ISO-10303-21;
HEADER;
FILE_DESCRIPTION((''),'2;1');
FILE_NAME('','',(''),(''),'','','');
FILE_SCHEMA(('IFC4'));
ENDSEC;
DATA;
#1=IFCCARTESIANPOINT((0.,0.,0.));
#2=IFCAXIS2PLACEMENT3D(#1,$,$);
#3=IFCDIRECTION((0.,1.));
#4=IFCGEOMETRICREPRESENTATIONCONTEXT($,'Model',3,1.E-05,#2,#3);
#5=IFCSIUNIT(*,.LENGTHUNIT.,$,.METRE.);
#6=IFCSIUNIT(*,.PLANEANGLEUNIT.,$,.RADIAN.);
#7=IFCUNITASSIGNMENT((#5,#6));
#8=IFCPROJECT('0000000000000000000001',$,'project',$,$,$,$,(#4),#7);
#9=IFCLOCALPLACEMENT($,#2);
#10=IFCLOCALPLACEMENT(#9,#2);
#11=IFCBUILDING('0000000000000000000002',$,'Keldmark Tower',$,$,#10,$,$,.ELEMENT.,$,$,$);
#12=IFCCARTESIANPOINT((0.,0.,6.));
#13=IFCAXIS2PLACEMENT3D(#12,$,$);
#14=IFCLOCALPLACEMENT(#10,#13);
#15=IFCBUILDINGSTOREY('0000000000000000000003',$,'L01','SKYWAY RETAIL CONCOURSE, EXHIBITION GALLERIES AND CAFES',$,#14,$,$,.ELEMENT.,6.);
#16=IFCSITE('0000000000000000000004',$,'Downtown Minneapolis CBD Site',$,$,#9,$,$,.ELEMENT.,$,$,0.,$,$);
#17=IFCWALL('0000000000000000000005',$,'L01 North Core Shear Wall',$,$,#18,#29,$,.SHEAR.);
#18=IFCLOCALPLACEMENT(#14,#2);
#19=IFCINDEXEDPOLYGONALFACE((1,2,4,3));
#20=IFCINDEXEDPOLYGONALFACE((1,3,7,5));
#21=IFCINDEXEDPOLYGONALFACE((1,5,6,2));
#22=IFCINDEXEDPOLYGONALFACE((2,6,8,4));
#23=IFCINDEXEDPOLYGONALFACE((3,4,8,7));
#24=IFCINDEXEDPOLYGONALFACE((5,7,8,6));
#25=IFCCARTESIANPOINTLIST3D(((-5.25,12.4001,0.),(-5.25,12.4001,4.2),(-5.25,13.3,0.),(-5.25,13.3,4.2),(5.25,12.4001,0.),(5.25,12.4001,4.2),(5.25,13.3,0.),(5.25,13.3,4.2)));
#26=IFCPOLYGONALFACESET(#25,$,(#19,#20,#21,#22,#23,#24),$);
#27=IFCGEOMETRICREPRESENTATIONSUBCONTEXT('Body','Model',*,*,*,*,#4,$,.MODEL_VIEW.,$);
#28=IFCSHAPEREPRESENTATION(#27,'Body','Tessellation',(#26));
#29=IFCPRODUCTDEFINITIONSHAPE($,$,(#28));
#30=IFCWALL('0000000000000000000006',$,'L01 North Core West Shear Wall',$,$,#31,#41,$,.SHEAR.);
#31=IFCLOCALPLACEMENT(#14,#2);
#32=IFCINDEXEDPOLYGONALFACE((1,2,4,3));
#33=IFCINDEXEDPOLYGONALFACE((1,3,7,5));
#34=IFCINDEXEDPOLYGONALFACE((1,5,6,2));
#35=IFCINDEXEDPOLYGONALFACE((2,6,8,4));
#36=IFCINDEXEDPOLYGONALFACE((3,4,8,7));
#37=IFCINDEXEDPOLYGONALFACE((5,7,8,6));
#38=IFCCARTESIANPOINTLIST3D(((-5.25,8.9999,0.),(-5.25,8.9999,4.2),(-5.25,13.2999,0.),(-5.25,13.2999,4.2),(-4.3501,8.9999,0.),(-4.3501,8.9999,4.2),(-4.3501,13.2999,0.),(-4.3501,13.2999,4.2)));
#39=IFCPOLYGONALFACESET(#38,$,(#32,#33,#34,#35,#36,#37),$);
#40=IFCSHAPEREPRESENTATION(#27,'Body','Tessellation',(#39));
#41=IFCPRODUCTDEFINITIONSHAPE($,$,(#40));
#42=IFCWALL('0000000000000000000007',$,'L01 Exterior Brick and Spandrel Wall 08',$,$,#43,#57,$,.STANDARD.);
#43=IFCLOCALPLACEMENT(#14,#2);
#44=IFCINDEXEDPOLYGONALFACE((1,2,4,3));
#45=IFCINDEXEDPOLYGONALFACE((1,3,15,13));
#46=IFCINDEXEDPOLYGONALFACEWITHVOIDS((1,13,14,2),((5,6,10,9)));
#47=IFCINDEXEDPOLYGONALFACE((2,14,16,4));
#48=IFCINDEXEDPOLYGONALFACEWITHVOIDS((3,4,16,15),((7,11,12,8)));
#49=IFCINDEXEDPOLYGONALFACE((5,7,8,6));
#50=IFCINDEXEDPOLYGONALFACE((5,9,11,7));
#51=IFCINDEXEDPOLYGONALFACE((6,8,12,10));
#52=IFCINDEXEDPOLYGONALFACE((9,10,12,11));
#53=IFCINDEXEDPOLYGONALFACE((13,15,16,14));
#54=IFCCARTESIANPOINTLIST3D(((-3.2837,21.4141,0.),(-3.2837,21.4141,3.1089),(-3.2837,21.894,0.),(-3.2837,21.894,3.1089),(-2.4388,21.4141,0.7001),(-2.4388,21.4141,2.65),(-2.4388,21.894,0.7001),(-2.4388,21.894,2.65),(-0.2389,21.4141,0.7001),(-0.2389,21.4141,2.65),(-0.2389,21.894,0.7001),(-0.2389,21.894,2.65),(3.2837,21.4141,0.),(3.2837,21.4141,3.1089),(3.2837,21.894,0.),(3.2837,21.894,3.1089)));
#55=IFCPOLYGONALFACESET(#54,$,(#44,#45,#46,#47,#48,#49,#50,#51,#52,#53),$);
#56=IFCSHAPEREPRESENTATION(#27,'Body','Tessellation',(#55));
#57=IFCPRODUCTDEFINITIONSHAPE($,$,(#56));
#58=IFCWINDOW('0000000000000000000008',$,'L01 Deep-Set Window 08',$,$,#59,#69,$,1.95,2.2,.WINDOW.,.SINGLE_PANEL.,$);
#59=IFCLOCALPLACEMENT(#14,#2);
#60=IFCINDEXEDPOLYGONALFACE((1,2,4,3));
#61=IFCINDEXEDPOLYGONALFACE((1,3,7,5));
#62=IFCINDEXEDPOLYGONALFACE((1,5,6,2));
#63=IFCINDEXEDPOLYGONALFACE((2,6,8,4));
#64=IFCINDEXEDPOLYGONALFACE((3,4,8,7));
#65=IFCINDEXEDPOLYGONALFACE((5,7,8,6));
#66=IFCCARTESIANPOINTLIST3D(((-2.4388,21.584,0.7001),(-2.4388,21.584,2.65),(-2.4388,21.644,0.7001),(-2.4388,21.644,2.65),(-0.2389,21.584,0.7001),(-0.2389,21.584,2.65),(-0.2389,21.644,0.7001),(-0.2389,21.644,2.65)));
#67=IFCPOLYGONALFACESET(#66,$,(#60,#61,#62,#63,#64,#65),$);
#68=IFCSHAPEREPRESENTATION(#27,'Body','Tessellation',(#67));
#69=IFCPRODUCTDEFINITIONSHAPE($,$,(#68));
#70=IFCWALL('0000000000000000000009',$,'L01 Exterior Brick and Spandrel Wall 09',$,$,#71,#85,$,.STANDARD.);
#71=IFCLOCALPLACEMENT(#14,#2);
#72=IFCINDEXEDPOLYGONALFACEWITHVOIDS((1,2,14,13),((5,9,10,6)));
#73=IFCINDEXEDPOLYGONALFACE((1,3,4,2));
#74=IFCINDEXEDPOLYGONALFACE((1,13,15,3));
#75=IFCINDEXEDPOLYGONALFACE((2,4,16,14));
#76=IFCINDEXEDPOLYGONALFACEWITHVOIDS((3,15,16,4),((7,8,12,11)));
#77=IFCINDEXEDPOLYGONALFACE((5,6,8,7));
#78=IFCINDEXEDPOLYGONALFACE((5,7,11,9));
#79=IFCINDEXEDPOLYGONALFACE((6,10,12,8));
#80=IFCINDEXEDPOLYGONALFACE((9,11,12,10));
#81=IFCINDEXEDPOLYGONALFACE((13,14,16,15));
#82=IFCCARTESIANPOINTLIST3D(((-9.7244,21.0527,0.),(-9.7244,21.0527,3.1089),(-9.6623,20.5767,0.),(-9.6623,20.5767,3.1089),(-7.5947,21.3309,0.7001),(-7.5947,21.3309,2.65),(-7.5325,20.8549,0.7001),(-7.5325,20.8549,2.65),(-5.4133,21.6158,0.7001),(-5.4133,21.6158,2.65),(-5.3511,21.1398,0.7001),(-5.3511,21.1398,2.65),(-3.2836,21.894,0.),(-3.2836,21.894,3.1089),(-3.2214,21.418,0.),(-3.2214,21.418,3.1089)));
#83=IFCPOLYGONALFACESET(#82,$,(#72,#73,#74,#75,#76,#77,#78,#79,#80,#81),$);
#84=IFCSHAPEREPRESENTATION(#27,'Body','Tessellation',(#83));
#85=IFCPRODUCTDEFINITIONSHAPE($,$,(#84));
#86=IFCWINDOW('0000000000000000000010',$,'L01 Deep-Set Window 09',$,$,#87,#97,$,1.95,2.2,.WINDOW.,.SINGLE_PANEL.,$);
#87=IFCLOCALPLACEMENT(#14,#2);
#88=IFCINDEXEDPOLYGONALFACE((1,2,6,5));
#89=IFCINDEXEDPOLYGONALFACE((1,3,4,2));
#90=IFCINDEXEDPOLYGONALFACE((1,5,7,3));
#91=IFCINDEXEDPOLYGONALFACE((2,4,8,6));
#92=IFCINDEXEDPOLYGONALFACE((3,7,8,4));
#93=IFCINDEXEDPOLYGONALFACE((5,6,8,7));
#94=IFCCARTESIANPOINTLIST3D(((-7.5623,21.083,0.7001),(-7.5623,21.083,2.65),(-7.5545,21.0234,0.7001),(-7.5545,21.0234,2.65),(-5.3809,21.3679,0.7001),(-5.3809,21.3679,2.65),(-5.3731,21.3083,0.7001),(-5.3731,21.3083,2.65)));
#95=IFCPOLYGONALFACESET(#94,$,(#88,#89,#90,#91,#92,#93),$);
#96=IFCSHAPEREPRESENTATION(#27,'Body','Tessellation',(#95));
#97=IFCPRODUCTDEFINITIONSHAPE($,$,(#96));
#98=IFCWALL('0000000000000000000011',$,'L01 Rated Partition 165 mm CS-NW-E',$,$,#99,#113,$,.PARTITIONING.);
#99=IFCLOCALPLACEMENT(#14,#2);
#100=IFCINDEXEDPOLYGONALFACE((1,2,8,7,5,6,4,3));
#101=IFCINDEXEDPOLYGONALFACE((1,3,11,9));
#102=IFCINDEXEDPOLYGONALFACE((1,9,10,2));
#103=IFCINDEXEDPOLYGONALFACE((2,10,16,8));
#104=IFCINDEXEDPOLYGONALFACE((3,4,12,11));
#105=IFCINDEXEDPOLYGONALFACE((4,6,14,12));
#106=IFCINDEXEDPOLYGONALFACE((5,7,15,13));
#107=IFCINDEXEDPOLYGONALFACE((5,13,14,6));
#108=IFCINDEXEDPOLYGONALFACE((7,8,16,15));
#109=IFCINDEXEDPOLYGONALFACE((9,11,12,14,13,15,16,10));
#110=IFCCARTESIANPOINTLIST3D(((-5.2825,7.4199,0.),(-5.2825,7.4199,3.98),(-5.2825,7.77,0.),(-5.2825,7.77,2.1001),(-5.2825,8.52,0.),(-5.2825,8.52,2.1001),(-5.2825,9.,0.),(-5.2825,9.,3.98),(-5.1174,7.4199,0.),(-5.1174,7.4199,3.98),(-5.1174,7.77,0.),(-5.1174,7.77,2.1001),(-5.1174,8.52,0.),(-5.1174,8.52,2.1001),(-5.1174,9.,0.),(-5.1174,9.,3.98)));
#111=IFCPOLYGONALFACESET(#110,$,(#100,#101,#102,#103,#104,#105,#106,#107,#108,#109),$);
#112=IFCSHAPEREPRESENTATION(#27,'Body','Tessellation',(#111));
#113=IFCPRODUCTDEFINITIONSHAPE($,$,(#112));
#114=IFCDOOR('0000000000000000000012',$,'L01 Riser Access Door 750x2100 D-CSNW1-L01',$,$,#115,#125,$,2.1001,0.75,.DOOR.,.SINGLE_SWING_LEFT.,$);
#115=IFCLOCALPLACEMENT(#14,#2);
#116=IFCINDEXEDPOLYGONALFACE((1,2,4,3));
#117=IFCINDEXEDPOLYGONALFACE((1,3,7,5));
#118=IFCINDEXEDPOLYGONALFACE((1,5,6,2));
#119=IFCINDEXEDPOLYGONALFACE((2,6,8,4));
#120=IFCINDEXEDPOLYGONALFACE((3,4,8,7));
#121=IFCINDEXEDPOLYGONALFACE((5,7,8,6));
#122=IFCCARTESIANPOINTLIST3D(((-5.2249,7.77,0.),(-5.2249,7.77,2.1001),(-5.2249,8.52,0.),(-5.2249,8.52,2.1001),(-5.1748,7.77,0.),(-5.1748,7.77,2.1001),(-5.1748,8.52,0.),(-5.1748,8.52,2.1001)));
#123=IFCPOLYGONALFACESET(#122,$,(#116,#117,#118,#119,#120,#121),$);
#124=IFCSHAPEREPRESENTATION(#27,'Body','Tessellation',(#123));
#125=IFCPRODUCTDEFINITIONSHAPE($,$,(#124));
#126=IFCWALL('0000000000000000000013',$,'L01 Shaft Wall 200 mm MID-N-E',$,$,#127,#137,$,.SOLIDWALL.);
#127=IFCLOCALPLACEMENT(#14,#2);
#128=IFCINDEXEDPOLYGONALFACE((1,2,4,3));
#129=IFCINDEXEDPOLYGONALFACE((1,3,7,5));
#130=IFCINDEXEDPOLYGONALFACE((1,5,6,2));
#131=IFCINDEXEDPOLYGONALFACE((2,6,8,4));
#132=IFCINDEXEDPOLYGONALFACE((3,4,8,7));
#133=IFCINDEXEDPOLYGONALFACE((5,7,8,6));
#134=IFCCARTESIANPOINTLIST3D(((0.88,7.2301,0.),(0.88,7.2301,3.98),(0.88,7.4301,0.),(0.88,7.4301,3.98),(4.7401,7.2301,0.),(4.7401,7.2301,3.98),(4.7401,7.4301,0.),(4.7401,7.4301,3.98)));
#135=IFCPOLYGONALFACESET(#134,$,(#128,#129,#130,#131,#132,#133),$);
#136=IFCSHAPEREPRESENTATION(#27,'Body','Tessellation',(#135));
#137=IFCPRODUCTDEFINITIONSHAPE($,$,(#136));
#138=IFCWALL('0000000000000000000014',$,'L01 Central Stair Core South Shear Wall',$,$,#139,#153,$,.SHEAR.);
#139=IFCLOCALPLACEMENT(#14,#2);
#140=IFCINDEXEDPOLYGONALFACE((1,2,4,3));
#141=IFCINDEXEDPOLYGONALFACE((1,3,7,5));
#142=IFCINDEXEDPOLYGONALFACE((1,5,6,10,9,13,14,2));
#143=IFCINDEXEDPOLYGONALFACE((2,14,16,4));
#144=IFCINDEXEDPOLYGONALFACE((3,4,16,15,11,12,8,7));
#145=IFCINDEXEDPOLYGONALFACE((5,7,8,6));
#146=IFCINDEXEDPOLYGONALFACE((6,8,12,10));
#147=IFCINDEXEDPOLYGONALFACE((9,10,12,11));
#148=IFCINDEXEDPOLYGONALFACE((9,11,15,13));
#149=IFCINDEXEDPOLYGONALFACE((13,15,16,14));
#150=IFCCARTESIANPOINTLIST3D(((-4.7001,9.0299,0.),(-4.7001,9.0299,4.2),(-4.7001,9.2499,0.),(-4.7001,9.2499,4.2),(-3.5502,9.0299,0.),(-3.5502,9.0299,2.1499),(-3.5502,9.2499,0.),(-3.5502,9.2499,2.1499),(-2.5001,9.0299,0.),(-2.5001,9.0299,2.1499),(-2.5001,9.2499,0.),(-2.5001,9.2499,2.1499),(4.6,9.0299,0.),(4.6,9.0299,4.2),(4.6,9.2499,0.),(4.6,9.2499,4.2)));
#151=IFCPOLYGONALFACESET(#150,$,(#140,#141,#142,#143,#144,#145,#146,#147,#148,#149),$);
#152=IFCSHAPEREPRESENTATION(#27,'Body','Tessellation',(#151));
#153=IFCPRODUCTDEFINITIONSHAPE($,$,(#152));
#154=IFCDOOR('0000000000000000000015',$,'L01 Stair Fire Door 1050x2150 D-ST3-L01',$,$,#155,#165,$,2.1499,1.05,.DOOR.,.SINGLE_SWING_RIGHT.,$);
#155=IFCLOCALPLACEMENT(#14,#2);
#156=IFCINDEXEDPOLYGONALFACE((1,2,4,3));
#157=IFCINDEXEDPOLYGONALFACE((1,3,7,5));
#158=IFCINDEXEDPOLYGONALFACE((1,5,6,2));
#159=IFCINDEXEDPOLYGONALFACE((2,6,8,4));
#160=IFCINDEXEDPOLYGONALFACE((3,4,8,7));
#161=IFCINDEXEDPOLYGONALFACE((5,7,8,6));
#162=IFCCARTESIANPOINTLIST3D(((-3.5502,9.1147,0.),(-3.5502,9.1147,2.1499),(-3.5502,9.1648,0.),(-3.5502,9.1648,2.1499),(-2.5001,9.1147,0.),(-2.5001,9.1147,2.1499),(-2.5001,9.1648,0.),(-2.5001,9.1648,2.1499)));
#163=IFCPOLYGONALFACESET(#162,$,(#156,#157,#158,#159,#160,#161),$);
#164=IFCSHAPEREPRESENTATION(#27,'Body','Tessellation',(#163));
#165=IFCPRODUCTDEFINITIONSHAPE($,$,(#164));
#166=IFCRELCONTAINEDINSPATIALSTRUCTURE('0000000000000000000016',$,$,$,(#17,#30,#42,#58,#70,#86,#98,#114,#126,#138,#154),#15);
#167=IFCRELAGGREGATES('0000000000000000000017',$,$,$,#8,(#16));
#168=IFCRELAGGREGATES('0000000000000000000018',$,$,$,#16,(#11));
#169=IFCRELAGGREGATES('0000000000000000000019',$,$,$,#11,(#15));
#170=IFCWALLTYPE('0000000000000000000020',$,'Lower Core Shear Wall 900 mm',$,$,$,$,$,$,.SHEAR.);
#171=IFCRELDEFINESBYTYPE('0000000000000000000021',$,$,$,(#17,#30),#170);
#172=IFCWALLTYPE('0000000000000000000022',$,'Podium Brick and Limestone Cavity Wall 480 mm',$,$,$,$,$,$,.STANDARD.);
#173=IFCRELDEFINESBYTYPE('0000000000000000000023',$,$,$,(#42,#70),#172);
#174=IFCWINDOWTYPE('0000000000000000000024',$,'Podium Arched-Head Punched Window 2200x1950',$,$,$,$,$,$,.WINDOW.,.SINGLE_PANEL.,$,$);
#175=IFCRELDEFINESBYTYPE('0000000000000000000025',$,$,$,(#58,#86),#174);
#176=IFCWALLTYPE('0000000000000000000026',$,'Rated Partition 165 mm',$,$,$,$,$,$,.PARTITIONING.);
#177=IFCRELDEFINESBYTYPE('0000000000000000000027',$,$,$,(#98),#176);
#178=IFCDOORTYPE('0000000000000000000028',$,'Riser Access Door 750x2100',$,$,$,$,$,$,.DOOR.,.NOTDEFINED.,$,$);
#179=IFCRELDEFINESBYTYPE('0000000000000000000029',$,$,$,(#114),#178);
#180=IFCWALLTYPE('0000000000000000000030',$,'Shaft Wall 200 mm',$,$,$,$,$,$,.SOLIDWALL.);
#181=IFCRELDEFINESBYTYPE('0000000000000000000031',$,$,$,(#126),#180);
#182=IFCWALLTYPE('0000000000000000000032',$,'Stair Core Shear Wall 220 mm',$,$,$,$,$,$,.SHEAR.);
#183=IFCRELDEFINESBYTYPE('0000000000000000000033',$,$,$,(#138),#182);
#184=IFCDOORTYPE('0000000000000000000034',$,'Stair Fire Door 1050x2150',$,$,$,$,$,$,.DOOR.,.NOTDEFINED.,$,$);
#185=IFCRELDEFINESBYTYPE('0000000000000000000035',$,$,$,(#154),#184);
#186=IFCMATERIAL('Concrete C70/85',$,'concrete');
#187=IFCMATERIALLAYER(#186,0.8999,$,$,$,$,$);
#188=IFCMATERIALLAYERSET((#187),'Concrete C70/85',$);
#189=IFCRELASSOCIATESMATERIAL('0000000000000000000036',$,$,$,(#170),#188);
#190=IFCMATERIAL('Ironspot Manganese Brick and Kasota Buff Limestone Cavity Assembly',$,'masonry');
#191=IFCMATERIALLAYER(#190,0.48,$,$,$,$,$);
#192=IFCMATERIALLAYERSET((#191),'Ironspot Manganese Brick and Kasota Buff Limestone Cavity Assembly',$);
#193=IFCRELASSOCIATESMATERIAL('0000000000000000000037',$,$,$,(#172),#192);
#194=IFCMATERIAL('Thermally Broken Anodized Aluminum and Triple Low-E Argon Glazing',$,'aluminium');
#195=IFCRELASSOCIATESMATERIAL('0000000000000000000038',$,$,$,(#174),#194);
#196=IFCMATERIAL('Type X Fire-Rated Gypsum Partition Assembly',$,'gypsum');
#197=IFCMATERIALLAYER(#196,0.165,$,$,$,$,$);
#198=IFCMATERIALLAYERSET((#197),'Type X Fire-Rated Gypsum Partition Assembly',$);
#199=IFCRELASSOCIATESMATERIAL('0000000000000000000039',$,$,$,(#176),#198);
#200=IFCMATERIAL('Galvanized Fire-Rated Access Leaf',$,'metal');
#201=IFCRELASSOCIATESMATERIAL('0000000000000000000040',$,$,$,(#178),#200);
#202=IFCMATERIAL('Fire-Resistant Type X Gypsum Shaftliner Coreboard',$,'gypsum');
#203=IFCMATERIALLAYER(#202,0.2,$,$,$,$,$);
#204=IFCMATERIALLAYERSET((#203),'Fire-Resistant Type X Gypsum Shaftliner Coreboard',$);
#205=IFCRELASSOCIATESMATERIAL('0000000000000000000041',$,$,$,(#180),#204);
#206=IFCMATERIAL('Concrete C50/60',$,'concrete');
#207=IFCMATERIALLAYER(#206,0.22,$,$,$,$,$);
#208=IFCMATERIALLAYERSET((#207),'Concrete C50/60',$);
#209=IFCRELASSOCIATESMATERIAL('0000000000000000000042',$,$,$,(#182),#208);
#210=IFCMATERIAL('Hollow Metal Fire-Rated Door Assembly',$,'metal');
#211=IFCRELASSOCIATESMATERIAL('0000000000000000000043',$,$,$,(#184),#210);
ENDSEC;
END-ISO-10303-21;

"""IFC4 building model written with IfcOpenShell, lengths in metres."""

from ifc_helpers import new_model, si_unit, direction, frame, frame_2d, origin, place, context, subcontext, project, spatial, rectangle, extrude, material, layer, layer_set, type_object, element, fill, save


model = new_model("IFC4")

# Units and contexts
model_context = context("Model", 3, precision=1e-05, world=origin(), true_north=direction((0.0, 1.0)))
body_context = subcontext(model_context, "Body", "Model", "MODEL_VIEW")
ifc_project = project(units=[si_unit("LENGTHUNIT", "METRE"), si_unit("PLANEANGLEUNIT", "RADIAN")], contexts=[model_context])

# Site, building, storey
site_placement = place(None, origin())
site = spatial("IfcSite", under=ifc_project, at=site_placement, Name="Downtown Minneapolis CBD Site", CompositionType="ELEMENT", RefElevation=0.0)
building_placement = place(site_placement, origin())
building = spatial("IfcBuilding", under=site, at=building_placement, Name="Keldmark Tower", CompositionType="ELEMENT")
storey_placement = place(building_placement, frame((0.0, 0.0, 6.0)))
storey = spatial("IfcBuildingStorey", under=building, at=storey_placement, Name="L01", Description="SKYWAY RETAIL CONCOURSE, EXHIBITION GALLERIES AND CAFES", CompositionType="ELEMENT", Elevation=6.0)

# Walls
ifc_material_1 = material(Name="Concrete C70/85", Category="concrete")
ifc_layer_1 = layer(ifc_material_1, 0.8999)
ifc_layer_set_1 = layer_set([ifc_layer_1], Name="Concrete C70/85")
wall_type_1 = type_object("IfcWallType", Name="Lower Core Shear Wall 900 mm", PredefinedType="SHEAR", material=ifc_layer_set_1)
wall_1_placement = place(storey_placement, frame((-5.25, 12.8501, 0.0), z_axis=(0.0, 0.0, 1.0), x_axis=(1.0, 0.0, 0.0)))
element("IfcWall", 1, at=wall_1_placement, inside=storey, type_object=wall_type_1, Name="L01 North Core Shear Wall", PredefinedType="SHEAR", context=body_context, shape_type="SweptSolid", body=[
    extrude(rectangle(XDim=10.5, YDim=0.8999, at=frame_2d((5.25, 0.0))), origin(), (0.0, 0.0, 1.0), 4.2),
])
wall_2_placement = place(storey_placement, frame((-4.8, 9.0, 0.0), z_axis=(0.0, 0.0, 1.0), x_axis=(0.0, 1.0, 0.0)))
element("IfcWall", 2, at=wall_2_placement, inside=storey, type_object=wall_type_1, Name="L01 North Core West Shear Wall", PredefinedType="SHEAR", context=body_context, shape_type="SweptSolid", body=[
    extrude(rectangle(XDim=4.3, YDim=0.8999, at=frame_2d((2.1499, 0.0))), origin(), (0.0, 0.0, 1.0), 4.2),
])

# Walls, openings, windows
ifc_material_2 = material(Name="Ironspot Manganese Brick and Kasota Buff Limestone Cavity Assembly", Category="masonry")
ifc_layer_2 = layer(ifc_material_2, 0.48)
ifc_layer_set_2 = layer_set([ifc_layer_2], Name="Ironspot Manganese Brick and Kasota Buff Limestone Cavity Assembly")
wall_type_2 = type_object("IfcWallType", Name="Podium Brick and Limestone Cavity Wall 480 mm", PredefinedType="STANDARD", material=ifc_layer_set_2)
wall_3_placement = place(storey_placement, frame((-3.2837, 21.6541, 0.0), z_axis=(0.0, 0.0, 1.0), x_axis=(1.0, 0.0, 0.0)))
wall_3 = element("IfcWall", 3, at=wall_3_placement, inside=storey, type_object=wall_type_2, Name="L01 Exterior Brick and Spandrel Wall 08", PredefinedType="STANDARD", context=body_context, shape_type="SweptSolid", body=[
    extrude(rectangle(XDim=6.5674, YDim=0.48, at=frame_2d((3.2837, 0.0))), origin(), (0.0, 0.0, 1.0), 3.1089),
])
opening_1_placement = place(wall_3_placement, frame((0.8447, 0.0, 0.7)))
opening_1 = element("IfcOpeningElement", 4, at=opening_1_placement, cuts=wall_3, PredefinedType="OPENING", context=body_context, shape_type="SweptSolid", body=[
    extrude(rectangle(XDim=2.2, YDim=1.95, at=frame_2d((1.1001, 0.9751))), frame((0.0, 0.25, 0.0), z_axis=(0.0, -1.0, 0.0), x_axis=(1.0, 0.0, 0.0)), (0.0, 0.0, 1.0), 0.5),
])
ifc_material_3 = material(Name="Thermally Broken Anodized Aluminum and Triple Low-E Argon Glazing", Category="aluminium")
window_type = type_object("IfcWindowType", Name="Podium Arched-Head Punched Window 2200x1950", PartitioningType="SINGLE_PANEL", PredefinedType="WINDOW", material=ifc_material_3)
window_1_placement = place(opening_1_placement, origin())
window_1 = element("IfcWindow", 5, at=window_1_placement, inside=storey, type_object=window_type, Name="L01 Deep-Set Window 08", OverallHeight=1.95, OverallWidth=2.2, PartitioningType="SINGLE_PANEL", PredefinedType="WINDOW", context=body_context, shape_type="SweptSolid", body=[
    extrude(rectangle(XDim=2.2, YDim=1.95, at=frame_2d((1.1001, 0.9751))), frame((0.0, -0.01, 0.0), z_axis=(0.0, -1.0, 0.0), x_axis=(1.0, 0.0, 0.0)), (0.0, 0.0, 1.0), 0.0601),
])
fill(opening_1, window_1)
wall_4_placement = place(storey_placement, frame((-9.6934, 20.8147, 0.0), z_axis=(0.0, 0.0, 1.0), x_axis=(0.991577, 0.129519, 0.0)))
wall_4 = element("IfcWall", 6, at=wall_4_placement, inside=storey, type_object=wall_type_2, Name="L01 Exterior Brick and Spandrel Wall 09", PredefinedType="STANDARD", context=body_context, shape_type="SweptSolid", body=[
    extrude(rectangle(XDim=6.4956, YDim=0.48, at=frame_2d((3.2478, 0.0))), origin(), (0.0, 0.0, 1.0), 3.1089),
])
opening_2_placement = place(wall_4_placement, frame((2.1477, 0.0, 0.7)))
opening_2 = element("IfcOpeningElement", 7, at=opening_2_placement, cuts=wall_4, PredefinedType="OPENING", context=body_context, shape_type="SweptSolid", body=[
    extrude(rectangle(XDim=2.2, YDim=1.95, at=frame_2d((1.1001, 0.9751))), frame((0.0, 0.25, 0.0), z_axis=(0.0, -1.0, 0.0), x_axis=(1.0, 0.0, 0.0)), (0.0, 0.0, 1.0), 0.5),
])
window_2_placement = place(opening_2_placement, origin())
window_2 = element("IfcWindow", 8, at=window_2_placement, inside=storey, type_object=window_type, Name="L01 Deep-Set Window 09", OverallHeight=1.95, OverallWidth=2.2, PartitioningType="SINGLE_PANEL", PredefinedType="WINDOW", context=body_context, shape_type="SweptSolid", body=[
    extrude(rectangle(XDim=2.2, YDim=1.95, at=frame_2d((1.1001, 0.9751))), frame((0.0, -0.01, 0.0), z_axis=(0.0, -1.0, 0.0), x_axis=(1.0, 0.0, 0.0)), (0.0, 0.0, 1.0), 0.0601),
])
fill(opening_2, window_2)

# Wall, opening, door
ifc_material_4 = material(Name="Type X Fire-Rated Gypsum Partition Assembly", Category="gypsum")
ifc_layer_3 = layer(ifc_material_4, 0.165)
ifc_layer_set_3 = layer_set([ifc_layer_3], Name="Type X Fire-Rated Gypsum Partition Assembly")
wall_type_3 = type_object("IfcWallType", Name="Rated Partition 165 mm", PredefinedType="PARTITIONING", material=ifc_layer_set_3)
wall_5_placement = place(storey_placement, frame((-5.2, 7.4199, 0.0), z_axis=(0.0, 0.0, 1.0), x_axis=(0.0, 1.0, 0.0)))
wall_5 = element("IfcWall", 9, at=wall_5_placement, inside=storey, type_object=wall_type_3, Name="L01 Rated Partition 165 mm CS-NW-E", PredefinedType="PARTITIONING", context=body_context, shape_type="SweptSolid", body=[
    extrude(rectangle(XDim=1.5801, YDim=0.165, at=frame_2d((0.79, 0.0))), origin(), (0.0, 0.0, 1.0), 3.98),
])
opening_3_placement = place(wall_5_placement, frame((0.3501, 0.0, 0.0)))
opening_3 = element("IfcOpeningElement", 10, at=opening_3_placement, cuts=wall_5, PredefinedType="OPENING", context=body_context, shape_type="SweptSolid", body=[
    extrude(rectangle(XDim=0.75, YDim=2.1001, at=frame_2d((0.375, 1.05))), frame((0.0, 0.0925, 0.0), z_axis=(0.0, -1.0, 0.0), x_axis=(1.0, 0.0, 0.0)), (0.0, 0.0, 1.0), 0.1851),
])
ifc_material_5 = material(Name="Galvanized Fire-Rated Access Leaf", Category="metal")
door_type_1 = type_object("IfcDoorType", Name="Riser Access Door 750x2100", OperationType="NOTDEFINED", PredefinedType="DOOR", material=ifc_material_5)
door_1_placement = place(opening_3_placement, origin())
door_1 = element("IfcDoor", 11, at=door_1_placement, inside=storey, type_object=door_type_1, Name="L01 Riser Access Door 750x2100 D-CSNW1-L01", OperationType="SINGLE_SWING_LEFT", OverallHeight=2.1001, OverallWidth=0.75, PredefinedType="DOOR", context=body_context, shape_type="SweptSolid", body=[
    extrude(rectangle(XDim=0.75, YDim=2.1001, at=frame_2d((0.375, 1.05))), frame((0.0, 0.0249, 0.0), z_axis=(0.0, -1.0, 0.0), x_axis=(1.0, 0.0, 0.0)), (0.0, 0.0, 1.0), 0.05),
])
fill(opening_3, door_1)

# Wall
ifc_material_6 = material(Name="Fire-Resistant Type X Gypsum Shaftliner Coreboard", Category="gypsum")
ifc_layer_4 = layer(ifc_material_6, 0.2)
ifc_layer_set_4 = layer_set([ifc_layer_4], Name="Fire-Resistant Type X Gypsum Shaftliner Coreboard")
wall_type_4 = type_object("IfcWallType", Name="Shaft Wall 200 mm", PredefinedType="SOLIDWALL", material=ifc_layer_set_4)
wall_6_placement = place(storey_placement, frame((0.8799, 7.3301, 0.0), z_axis=(0.0, 0.0, 1.0), x_axis=(1.0, 0.0, 0.0)))
element("IfcWall", 12, at=wall_6_placement, inside=storey, type_object=wall_type_4, Name="L01 Shaft Wall 200 mm MID-N-E", PredefinedType="SOLIDWALL", context=body_context, shape_type="SweptSolid", body=[
    extrude(rectangle(XDim=3.8601, YDim=0.2, at=frame_2d((1.9302, 0.0))), origin(), (0.0, 0.0, 1.0), 3.98),
])

# Wall, opening, door
ifc_material_7 = material(Name="Concrete C50/60", Category="concrete")
ifc_layer_5 = layer(ifc_material_7, 0.22)
ifc_layer_set_5 = layer_set([ifc_layer_5], Name="Concrete C50/60")
wall_type_5 = type_object("IfcWallType", Name="Stair Core Shear Wall 220 mm", PredefinedType="SHEAR", material=ifc_layer_set_5)
wall_7_placement = place(storey_placement, frame((-4.7, 9.1399, 0.0), z_axis=(0.0, 0.0, 1.0), x_axis=(1.0, 0.0, 0.0)))
wall_7 = element("IfcWall", 13, at=wall_7_placement, inside=storey, type_object=wall_type_5, Name="L01 Central Stair Core South Shear Wall", PredefinedType="SHEAR", context=body_context, shape_type="SweptSolid", body=[
    extrude(rectangle(XDim=9.3, YDim=0.22, at=frame_2d((4.6499, 0.0))), origin(), (0.0, 0.0, 1.0), 4.2),
])
opening_4_placement = place(wall_7_placement, frame((1.1499, 0.0, 0.0)))
opening_4 = element("IfcOpeningElement", 14, at=opening_4_placement, cuts=wall_7, PredefinedType="OPENING", context=body_context, shape_type="SweptSolid", body=[
    extrude(rectangle(XDim=1.05, YDim=2.1499, at=frame_2d((0.5249, 1.075))), frame((0.0, 0.1199, 0.0), z_axis=(0.0, -1.0, 0.0), x_axis=(1.0, 0.0, 0.0)), (0.0, 0.0, 1.0), 0.24),
])
ifc_material_8 = material(Name="Hollow Metal Fire-Rated Door Assembly", Category="metal")
door_type_2 = type_object("IfcDoorType", Name="Stair Fire Door 1050x2150", OperationType="NOTDEFINED", PredefinedType="DOOR", material=ifc_material_8)
door_2_placement = place(opening_4_placement, origin())
door_2 = element("IfcDoor", 15, at=door_2_placement, inside=storey, type_object=door_type_2, Name="L01 Stair Fire Door 1050x2150 D-ST3-L01", OperationType="SINGLE_SWING_RIGHT", OverallHeight=2.1499, OverallWidth=1.05, PredefinedType="DOOR", context=body_context, shape_type="SweptSolid", body=[
    extrude(rectangle(XDim=1.05, YDim=2.1499, at=frame_2d((0.5249, 1.075))), frame((0.0, 0.0249, 0.0), z_axis=(0.0, -1.0, 0.0), x_axis=(1.0, 0.0, 0.0)), (0.0, 0.0, 1.0), 0.05),
])
fill(opening_4, door_2)

save(model, "model.ifc")
